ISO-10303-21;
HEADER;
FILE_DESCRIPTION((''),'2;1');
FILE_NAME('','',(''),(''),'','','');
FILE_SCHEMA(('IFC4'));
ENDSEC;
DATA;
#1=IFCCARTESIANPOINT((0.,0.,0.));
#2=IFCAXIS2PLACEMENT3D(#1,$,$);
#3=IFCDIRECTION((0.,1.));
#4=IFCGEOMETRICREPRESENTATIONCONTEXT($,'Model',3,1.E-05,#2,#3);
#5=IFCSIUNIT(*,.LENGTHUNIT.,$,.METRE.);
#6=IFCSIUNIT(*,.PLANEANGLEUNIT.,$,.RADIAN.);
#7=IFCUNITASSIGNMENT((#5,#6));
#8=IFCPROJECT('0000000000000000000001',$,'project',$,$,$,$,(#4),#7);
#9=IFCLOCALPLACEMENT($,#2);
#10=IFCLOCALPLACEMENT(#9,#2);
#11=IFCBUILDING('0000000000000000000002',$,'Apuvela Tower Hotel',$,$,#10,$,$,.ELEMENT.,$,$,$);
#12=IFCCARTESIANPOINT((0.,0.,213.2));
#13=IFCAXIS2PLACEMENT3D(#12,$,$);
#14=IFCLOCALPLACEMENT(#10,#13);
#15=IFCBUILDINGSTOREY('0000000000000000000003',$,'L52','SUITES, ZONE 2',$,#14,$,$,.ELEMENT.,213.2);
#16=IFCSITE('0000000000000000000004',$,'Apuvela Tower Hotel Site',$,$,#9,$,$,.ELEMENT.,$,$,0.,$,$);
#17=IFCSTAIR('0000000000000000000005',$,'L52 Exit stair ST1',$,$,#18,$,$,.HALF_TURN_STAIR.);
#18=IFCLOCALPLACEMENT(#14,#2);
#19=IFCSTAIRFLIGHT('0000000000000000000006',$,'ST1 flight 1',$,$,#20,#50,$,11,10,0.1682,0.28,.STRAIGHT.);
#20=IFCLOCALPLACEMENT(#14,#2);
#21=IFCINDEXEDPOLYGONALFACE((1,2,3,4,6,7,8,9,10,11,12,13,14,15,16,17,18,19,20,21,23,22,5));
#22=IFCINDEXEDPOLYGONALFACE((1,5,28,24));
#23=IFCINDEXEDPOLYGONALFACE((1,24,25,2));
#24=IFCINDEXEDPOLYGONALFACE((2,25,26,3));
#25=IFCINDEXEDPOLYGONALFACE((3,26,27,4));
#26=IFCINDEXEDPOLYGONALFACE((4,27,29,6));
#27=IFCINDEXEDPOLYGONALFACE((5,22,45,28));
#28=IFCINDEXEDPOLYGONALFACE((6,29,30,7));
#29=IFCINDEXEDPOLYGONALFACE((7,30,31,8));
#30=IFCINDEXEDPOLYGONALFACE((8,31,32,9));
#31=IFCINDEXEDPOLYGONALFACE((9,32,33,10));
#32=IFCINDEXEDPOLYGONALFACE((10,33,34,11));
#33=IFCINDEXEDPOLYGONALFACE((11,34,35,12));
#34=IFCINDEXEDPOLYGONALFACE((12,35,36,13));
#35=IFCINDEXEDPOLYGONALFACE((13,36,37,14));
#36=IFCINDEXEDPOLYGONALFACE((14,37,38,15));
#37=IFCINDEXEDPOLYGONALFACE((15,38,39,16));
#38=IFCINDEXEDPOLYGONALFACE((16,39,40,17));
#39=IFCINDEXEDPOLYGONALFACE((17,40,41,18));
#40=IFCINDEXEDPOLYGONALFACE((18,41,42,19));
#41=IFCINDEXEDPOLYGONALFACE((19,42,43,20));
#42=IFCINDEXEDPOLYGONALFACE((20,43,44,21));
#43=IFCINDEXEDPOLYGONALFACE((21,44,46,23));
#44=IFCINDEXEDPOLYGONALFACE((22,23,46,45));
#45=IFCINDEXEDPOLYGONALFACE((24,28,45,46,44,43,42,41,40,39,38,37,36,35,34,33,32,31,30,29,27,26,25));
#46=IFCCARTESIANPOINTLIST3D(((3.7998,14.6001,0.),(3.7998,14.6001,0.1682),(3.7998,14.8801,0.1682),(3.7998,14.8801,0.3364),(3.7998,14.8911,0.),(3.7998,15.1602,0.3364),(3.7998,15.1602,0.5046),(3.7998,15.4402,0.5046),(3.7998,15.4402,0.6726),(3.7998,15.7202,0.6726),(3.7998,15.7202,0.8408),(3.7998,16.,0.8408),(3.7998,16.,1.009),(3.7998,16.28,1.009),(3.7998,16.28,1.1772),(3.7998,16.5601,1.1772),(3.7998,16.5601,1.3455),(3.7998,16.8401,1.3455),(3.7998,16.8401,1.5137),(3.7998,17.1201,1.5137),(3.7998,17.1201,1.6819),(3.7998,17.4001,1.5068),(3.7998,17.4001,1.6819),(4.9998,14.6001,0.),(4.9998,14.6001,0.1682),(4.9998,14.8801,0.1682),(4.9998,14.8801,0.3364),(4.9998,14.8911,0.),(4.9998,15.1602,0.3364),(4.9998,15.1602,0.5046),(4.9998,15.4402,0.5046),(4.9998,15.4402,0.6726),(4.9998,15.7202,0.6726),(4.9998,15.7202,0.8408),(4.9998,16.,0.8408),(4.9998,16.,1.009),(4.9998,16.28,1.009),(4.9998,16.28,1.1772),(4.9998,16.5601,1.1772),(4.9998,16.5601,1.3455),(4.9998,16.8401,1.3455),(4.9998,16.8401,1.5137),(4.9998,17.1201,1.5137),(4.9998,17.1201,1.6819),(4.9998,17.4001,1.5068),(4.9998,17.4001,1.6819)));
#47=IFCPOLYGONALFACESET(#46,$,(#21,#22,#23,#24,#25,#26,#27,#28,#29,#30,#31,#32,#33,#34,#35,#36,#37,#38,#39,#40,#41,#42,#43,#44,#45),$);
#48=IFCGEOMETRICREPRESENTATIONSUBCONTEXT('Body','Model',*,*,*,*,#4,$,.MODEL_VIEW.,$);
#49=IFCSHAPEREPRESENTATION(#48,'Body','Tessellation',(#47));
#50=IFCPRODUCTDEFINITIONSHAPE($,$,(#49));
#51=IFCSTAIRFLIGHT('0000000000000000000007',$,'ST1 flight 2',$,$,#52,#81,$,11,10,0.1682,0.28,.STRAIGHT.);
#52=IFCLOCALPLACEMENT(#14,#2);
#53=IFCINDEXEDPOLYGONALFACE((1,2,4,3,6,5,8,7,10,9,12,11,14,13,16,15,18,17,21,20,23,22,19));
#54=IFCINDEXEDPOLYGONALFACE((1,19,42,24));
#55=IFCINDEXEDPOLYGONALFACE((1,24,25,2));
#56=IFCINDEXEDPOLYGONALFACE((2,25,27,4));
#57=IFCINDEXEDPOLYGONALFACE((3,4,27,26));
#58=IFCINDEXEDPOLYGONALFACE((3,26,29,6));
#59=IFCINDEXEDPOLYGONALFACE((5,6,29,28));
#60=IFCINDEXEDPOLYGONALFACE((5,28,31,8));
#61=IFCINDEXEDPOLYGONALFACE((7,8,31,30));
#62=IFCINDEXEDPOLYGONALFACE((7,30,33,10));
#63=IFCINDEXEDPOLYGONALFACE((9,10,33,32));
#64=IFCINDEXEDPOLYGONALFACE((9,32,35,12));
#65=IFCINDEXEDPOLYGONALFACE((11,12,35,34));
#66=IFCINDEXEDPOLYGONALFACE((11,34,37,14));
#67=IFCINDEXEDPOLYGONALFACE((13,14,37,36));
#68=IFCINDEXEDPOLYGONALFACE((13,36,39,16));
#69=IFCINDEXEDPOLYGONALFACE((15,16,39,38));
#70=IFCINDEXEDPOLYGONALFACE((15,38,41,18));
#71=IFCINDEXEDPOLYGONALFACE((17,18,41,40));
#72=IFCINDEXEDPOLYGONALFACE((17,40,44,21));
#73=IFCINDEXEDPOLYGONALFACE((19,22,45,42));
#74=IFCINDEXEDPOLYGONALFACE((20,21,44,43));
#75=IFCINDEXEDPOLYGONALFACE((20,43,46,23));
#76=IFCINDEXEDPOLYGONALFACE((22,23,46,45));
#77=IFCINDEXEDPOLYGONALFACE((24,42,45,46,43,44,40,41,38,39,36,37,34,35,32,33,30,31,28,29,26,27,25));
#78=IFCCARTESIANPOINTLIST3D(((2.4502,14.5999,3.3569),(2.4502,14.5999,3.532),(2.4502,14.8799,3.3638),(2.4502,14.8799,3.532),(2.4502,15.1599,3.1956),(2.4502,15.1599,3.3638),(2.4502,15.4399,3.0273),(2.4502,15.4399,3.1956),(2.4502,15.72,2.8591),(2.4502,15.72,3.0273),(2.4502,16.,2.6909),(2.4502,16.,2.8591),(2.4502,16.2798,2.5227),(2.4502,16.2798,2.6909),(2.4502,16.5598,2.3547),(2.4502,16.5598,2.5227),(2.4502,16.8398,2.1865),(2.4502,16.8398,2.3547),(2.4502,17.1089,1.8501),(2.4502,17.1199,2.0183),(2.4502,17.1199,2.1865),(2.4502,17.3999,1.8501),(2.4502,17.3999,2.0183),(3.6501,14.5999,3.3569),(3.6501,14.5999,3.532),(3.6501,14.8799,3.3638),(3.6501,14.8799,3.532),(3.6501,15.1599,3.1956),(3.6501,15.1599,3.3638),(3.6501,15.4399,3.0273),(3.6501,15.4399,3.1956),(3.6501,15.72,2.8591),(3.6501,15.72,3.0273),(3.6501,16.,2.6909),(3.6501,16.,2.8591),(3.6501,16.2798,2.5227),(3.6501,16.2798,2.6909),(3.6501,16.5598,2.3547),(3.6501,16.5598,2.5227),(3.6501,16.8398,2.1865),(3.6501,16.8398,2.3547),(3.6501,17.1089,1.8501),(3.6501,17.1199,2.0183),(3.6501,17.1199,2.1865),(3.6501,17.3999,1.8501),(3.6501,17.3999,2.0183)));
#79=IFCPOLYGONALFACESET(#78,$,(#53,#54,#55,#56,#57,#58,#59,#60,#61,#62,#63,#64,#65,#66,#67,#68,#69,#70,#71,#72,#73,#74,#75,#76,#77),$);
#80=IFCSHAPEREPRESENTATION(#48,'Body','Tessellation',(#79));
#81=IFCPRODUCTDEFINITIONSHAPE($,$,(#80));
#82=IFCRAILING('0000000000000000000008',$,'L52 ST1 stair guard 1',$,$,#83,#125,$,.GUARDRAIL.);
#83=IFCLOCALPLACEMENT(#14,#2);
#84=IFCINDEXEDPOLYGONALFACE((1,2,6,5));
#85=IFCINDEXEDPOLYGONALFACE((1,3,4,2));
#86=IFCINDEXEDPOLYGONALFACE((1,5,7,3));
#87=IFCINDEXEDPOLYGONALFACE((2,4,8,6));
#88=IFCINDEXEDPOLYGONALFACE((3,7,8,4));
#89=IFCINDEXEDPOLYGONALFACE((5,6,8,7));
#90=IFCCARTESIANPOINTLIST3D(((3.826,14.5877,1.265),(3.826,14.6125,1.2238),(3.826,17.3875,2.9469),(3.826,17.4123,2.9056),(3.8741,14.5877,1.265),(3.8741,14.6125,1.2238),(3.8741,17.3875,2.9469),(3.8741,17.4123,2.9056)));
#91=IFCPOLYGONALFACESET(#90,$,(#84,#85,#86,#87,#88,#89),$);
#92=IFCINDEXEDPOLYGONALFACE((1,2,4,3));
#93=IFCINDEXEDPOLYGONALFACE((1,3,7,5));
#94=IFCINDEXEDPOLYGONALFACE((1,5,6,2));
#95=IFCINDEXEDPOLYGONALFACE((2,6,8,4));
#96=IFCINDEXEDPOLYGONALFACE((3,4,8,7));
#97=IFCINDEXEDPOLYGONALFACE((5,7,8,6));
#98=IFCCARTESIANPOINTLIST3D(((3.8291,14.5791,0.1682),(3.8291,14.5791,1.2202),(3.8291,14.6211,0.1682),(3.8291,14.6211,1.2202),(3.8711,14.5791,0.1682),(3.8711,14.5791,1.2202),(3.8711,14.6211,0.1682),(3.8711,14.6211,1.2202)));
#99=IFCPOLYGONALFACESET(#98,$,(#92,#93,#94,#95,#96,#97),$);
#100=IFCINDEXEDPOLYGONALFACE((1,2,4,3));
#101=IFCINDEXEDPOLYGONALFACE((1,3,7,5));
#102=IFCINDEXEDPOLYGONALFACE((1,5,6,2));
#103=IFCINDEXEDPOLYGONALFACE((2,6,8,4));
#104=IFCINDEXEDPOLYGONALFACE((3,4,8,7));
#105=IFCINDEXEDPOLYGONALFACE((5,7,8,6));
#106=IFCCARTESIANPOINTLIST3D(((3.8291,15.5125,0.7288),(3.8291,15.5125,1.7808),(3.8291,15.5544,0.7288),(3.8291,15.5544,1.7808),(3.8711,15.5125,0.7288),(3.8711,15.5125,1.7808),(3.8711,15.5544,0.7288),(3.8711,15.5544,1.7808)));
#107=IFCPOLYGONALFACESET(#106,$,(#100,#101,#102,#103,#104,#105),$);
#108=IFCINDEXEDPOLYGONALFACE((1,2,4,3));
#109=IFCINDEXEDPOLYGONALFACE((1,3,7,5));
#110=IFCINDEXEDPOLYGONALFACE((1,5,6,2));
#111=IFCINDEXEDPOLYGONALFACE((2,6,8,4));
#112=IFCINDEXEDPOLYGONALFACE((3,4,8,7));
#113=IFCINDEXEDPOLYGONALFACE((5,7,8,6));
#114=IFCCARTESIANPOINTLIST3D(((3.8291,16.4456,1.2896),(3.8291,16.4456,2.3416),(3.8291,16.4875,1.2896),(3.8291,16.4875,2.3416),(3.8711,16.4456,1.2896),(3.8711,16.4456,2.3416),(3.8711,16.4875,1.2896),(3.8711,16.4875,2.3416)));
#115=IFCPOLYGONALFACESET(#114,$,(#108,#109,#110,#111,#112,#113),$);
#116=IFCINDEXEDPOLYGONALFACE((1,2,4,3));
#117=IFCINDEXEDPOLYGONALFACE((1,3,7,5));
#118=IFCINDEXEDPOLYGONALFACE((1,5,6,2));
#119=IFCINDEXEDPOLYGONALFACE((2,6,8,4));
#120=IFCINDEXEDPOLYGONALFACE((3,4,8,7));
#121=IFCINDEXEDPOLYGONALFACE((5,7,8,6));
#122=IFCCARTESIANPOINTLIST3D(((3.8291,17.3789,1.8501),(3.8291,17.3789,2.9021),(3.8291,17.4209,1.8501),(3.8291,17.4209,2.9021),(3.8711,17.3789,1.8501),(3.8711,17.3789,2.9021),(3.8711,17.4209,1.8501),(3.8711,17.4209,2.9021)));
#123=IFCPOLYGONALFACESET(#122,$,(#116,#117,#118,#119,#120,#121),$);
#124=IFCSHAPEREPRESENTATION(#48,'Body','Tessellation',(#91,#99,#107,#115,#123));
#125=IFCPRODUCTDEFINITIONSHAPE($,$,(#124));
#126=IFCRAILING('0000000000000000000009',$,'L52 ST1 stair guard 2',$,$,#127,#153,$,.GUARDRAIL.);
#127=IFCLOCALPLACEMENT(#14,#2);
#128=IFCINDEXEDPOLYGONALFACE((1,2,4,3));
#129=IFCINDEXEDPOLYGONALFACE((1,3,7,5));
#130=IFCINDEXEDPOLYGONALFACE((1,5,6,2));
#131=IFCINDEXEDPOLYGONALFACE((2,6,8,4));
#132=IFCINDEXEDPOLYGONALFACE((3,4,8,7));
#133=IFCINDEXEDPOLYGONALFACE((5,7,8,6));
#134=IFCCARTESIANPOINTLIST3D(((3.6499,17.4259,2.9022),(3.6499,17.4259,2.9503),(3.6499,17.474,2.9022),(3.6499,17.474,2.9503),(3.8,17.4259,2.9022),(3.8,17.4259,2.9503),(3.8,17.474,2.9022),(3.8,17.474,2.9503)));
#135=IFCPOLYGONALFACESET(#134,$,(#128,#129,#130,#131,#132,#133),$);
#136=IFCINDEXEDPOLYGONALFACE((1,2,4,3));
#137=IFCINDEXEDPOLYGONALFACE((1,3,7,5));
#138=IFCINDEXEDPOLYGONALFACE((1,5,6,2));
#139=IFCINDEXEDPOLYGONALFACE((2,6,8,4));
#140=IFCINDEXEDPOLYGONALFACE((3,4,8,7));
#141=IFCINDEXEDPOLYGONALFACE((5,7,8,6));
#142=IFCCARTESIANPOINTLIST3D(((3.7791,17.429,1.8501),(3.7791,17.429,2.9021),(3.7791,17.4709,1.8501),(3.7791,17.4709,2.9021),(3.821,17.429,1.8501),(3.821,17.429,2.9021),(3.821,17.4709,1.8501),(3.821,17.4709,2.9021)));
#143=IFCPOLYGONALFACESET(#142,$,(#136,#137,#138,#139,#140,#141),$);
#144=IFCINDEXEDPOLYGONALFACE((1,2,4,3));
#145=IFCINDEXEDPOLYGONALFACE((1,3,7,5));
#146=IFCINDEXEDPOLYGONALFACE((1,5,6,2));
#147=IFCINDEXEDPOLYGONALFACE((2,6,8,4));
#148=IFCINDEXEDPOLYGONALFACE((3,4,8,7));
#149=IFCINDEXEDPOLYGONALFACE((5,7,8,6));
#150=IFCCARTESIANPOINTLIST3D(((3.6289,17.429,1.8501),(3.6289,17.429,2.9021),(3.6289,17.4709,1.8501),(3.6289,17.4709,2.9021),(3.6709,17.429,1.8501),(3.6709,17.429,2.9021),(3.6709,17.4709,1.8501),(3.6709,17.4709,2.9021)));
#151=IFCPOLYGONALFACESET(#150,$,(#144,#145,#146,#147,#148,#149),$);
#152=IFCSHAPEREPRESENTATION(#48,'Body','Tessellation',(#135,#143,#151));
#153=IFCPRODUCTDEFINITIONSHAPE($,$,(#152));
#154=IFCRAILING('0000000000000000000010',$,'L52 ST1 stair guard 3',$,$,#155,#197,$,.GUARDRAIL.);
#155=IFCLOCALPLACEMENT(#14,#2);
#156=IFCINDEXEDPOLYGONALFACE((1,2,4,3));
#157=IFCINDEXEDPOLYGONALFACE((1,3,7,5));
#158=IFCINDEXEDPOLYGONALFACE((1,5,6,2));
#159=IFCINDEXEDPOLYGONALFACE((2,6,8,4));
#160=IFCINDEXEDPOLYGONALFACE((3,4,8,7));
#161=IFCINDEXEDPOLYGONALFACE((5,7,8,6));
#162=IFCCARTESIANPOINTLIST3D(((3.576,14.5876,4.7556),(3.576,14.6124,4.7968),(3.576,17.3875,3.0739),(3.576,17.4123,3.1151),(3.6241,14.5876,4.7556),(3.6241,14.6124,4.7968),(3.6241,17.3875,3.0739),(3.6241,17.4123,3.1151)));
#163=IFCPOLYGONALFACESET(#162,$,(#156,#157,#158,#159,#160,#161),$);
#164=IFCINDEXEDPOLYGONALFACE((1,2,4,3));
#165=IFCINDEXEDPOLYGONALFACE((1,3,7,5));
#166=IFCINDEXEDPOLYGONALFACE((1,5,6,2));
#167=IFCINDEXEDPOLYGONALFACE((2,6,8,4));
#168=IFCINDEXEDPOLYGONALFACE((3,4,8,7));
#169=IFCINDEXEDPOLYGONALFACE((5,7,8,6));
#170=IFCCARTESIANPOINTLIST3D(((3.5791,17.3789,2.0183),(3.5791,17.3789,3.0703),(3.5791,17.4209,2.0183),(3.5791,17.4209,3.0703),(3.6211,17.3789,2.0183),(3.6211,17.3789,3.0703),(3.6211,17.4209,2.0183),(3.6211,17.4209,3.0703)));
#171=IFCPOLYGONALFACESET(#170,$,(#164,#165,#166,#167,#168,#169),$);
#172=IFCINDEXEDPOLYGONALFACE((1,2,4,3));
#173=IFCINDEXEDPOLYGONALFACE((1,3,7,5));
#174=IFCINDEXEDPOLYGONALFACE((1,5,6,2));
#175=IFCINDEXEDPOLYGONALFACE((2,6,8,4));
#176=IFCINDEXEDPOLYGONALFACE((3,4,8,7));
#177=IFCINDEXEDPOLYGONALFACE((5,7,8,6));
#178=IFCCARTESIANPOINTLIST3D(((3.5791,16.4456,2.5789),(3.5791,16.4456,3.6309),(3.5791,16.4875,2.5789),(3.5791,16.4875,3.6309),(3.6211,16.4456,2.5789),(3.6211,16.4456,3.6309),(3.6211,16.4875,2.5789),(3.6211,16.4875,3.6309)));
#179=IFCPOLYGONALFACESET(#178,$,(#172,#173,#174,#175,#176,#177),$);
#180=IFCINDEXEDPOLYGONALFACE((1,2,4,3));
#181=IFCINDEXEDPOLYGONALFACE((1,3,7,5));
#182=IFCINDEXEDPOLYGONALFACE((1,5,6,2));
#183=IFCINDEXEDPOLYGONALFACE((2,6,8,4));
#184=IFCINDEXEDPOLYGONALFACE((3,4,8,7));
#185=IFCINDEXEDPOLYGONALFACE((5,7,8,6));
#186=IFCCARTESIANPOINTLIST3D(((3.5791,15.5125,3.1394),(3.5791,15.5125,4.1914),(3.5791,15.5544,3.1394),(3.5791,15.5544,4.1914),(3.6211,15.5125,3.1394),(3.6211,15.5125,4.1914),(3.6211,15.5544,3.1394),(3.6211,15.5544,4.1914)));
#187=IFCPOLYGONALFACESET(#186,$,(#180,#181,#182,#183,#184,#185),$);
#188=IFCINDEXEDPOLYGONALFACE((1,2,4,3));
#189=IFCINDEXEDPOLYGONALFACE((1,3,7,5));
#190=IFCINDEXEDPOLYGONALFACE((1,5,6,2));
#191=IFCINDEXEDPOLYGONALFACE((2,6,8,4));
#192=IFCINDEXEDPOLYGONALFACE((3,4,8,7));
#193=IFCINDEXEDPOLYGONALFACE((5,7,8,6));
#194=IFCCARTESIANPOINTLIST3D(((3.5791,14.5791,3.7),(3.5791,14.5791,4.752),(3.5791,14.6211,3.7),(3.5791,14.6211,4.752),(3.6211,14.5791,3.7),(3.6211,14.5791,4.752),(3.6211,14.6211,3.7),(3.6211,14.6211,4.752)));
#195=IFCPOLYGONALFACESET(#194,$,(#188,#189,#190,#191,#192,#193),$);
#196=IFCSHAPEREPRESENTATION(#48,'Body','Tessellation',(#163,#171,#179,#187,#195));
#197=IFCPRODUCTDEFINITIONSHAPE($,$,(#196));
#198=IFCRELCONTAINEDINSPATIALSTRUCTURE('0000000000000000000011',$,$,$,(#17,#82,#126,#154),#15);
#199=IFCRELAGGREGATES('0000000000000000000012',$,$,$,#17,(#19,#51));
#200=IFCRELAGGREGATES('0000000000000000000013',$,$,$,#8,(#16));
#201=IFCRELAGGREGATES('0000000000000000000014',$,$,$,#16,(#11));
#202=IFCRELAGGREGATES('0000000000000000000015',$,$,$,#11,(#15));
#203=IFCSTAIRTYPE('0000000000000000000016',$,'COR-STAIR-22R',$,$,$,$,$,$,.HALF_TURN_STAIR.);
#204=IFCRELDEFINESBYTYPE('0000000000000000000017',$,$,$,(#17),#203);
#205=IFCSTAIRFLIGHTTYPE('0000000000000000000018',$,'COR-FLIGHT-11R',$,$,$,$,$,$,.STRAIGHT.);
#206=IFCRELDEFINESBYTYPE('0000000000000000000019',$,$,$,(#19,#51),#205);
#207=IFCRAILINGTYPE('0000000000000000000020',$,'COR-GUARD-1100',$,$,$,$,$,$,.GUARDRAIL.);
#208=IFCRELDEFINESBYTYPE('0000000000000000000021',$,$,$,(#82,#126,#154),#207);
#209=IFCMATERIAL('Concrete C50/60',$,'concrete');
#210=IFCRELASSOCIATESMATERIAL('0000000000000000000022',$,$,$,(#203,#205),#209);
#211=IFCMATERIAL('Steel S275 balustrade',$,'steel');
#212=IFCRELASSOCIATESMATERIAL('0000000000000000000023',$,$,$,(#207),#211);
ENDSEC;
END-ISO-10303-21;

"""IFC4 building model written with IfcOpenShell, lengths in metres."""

from ifc_helpers import new_model, si_unit, direction, frame, origin, origin_2d, place, context, subcontext, project, spatial, polyline, rectangle, outline, extrude, material, type_object, element, aggregate, save


model = new_model("IFC4")

# Units and contexts
model_context = context("Model", 3, precision=1e-05, world=origin(), true_north=direction((0.0, 1.0)))
body_context = subcontext(model_context, "Body", "Model", "MODEL_VIEW")
ifc_project = project(units=[si_unit("LENGTHUNIT", "METRE"), si_unit("PLANEANGLEUNIT", "RADIAN")], contexts=[model_context])

# Site, building, storey
site_placement = place(None, origin())
site = spatial("IfcSite", under=ifc_project, at=site_placement, Name="Apuvela Tower Hotel Site", CompositionType="ELEMENT", RefElevation=0.0)
building_placement = place(site_placement, origin())
building = spatial("IfcBuilding", under=site, at=building_placement, Name="Apuvela Tower Hotel", CompositionType="ELEMENT")
storey_placement = place(building_placement, frame((0.0, 0.0, 213.2)))
storey = spatial("IfcBuildingStorey", under=building, at=storey_placement, Name="L52", Description="SUITES, ZONE 2", CompositionType="ELEMENT", Elevation=213.2)

# Shared definitions
ifc_material_1 = material(Name="Concrete C50/60", Category="concrete")

# Stair, stair flights
stair_type = type_object("IfcStairType", Name="COR-STAIR-22R", PredefinedType="HALF_TURN_STAIR", material=ifc_material_1)
stair_placement = place(storey_placement, origin())
stair = element("IfcStair", 1, at=stair_placement, inside=storey, type_object=stair_type, Name="L52 Exit stair ST1", PredefinedType="HALF_TURN_STAIR")
stair_flight_type = type_object("IfcStairFlightType", Name="COR-FLIGHT-11R", PredefinedType="STRAIGHT", material=ifc_material_1)
stair_flight_1_placement = place(storey_placement, frame((4.3999, 14.6001, 0.0), z_axis=(0.0, 0.0, 1.0), x_axis=(0.0, 1.0, 0.0)))
stair_flight_1 = element("IfcStairFlight", 2, at=stair_flight_1_placement, type_object=stair_flight_type, Name="ST1 flight 1", NumberOfRisers=11, NumberOfTreads=10, PredefinedType="STRAIGHT", RiserHeight=0.1682, TreadLength=0.28, context=body_context, shape_type="SweptSolid", body=[
    extrude(outline(polyline([(0.0, 0.0), (0.0, 0.1682), (0.28, 0.1682), (0.28, 0.3364), (0.5601, 0.3364), (0.5601, 0.5046), (0.8401, 0.5046), (0.8401, 0.6726), (1.1201, 0.6726), (1.1201, 0.8408), (1.3999, 0.8408), (1.3999, 1.009), (1.6799, 1.009), (1.6799, 1.1772), (1.96, 1.1772), (1.96, 1.3455), (2.24, 1.3455), (2.24, 1.5137), (2.52, 1.5137), (2.52, 1.6819), (2.8, 1.6819), (2.8, 1.8501), (2.8, 1.5068), (0.291, 0.0), (0.0, 0.0)])), frame((0.0, 0.6001, 0.0), z_axis=(0.0, -1.0, 0.0), x_axis=(1.0, 0.0, 0.0)), (0.0, 0.0, 1.0), 1.2),
])
stair_flight_2_placement = place(storey_placement, frame((3.05, 17.3999, 1.8501), z_axis=(0.0, 0.0, 1.0), x_axis=(0.0, -1.0, 0.0)))
stair_flight_2 = element("IfcStairFlight", 3, at=stair_flight_2_placement, type_object=stair_flight_type, Name="ST1 flight 2", NumberOfRisers=11, NumberOfTreads=10, PredefinedType="STRAIGHT", RiserHeight=0.1682, TreadLength=0.28, context=body_context, shape_type="SweptSolid", body=[
    extrude(outline(polyline([(0.0, 0.0), (0.0, 0.1682), (0.28, 0.1682), (0.28, 0.3364), (0.5601, 0.3364), (0.5601, 0.5046), (0.8401, 0.5046), (0.8401, 0.6726), (1.1201, 0.6726), (1.1201, 0.8408), (1.3999, 0.8408), (1.3999, 1.009), (1.6799, 1.009), (1.6799, 1.1772), (1.96, 1.1772), (1.96, 1.3455), (2.24, 1.3455), (2.24, 1.5137), (2.52, 1.5137), (2.52, 1.6819), (2.8, 1.6819), (2.8, 1.8501), (2.8, 1.5068), (0.291, 0.0), (0.0, 0.0)])), frame((0.0, 0.6001, 0.0), z_axis=(0.0, -1.0, 0.0), x_axis=(1.0, 0.0, 0.0)), (0.0, 0.0, 1.0), 1.2),
])
aggregate(stair, [stair_flight_1, stair_flight_2])

# Railings
ifc_material_2 = material(Name="Steel S275 balustrade", Category="steel")
railing_type_1 = type_object("IfcRailingType", Name="COR-GUARD-1100", PredefinedType="GUARDRAIL", material=ifc_material_2)
railing_1_placement = place(storey_placement, frame((3.8501, 14.6001, 0.1682)))
element("IfcRailing", 4, at=railing_1_placement, inside=storey, type_object=railing_type_1, Name="L52 ST1 stair guard 1", PredefinedType="GUARDRAIL", context=body_context, shape_type="SweptSolid", body=[
    extrude(rectangle(XDim=0.0481, YDim=0.0481, at=origin_2d()), frame((0.0, 0.0, 1.0762), z_axis=(0.0, 0.857222, 0.514946), x_axis=(-1.0, 0.0, 0.0)), (0.0, 0.0, 1.0), 3.2661),
    extrude(rectangle(XDim=0.042, YDim=0.042, at=origin_2d()), origin(), (0.0, 0.0, 1.0), 1.052),
    extrude(rectangle(XDim=0.042, YDim=0.042, at=origin_2d()), frame((0.0, 0.9333, 0.5605)), (0.0, 0.0, 1.0), 1.052),
    extrude(rectangle(XDim=0.042, YDim=0.042, at=origin_2d()), frame((0.0, 1.8665, 1.1213)), (0.0, 0.0, 1.0), 1.052),
    extrude(rectangle(XDim=0.042, YDim=0.042, at=origin_2d()), frame((0.0, 2.7998, 1.6819)), (0.0, 0.0, 1.0), 1.052),
])
railing_2_placement = place(storey_placement, frame((3.8, 17.45, 1.8501)))
element("IfcRailing", 5, at=railing_2_placement, inside=storey, type_object=railing_type_1, Name="L52 ST1 stair guard 2", PredefinedType="GUARDRAIL", context=body_context, shape_type="SweptSolid", body=[
    extrude(rectangle(XDim=0.0481, YDim=0.0481, at=origin_2d()), frame((0.0, 0.0, 1.0762), z_axis=(-1.0, 0.0, 0.0), x_axis=(0.0, -1.0, 0.0)), (0.0, 0.0, 1.0), 0.1501),
    extrude(rectangle(XDim=0.042, YDim=0.042, at=origin_2d()), origin(), (0.0, 0.0, 1.0), 1.052),
    extrude(rectangle(XDim=0.042, YDim=0.042, at=origin_2d()), frame((-0.1501, 0.0, 0.0)), (0.0, 0.0, 1.0), 1.052),
])
railing_3_placement = place(storey_placement, frame((3.6001, 17.3999, 2.0183)))
element("IfcRailing", 6, at=railing_3_placement, inside=storey, type_object=railing_type_1, Name="L52 ST1 stair guard 3", PredefinedType="GUARDRAIL", context=body_context, shape_type="SweptSolid", body=[
    extrude(rectangle(XDim=0.0481, YDim=0.0481, at=origin_2d()), frame((0.0, 0.0, 1.0762), z_axis=(0.0, -0.857255, 0.514891), x_axis=(1.0, 0.0, 0.0)), (0.0, 0.0, 1.0), 3.2661),
    extrude(rectangle(XDim=0.042, YDim=0.042, at=origin_2d()), origin(), (0.0, 0.0, 1.0), 1.052),
    extrude(rectangle(XDim=0.042, YDim=0.042, at=origin_2d()), frame((0.0, -0.9333, 0.5605)), (0.0, 0.0, 1.0), 1.052),
    extrude(rectangle(XDim=0.042, YDim=0.042, at=origin_2d()), frame((0.0, -1.8665, 1.1211)), (0.0, 0.0, 1.0), 1.052),
    extrude(rectangle(XDim=0.042, YDim=0.042, at=origin_2d()), frame((0.0, -2.7998, 1.6816)), (0.0, 0.0, 1.0), 1.052),
])

save(model, "model.ifc")
